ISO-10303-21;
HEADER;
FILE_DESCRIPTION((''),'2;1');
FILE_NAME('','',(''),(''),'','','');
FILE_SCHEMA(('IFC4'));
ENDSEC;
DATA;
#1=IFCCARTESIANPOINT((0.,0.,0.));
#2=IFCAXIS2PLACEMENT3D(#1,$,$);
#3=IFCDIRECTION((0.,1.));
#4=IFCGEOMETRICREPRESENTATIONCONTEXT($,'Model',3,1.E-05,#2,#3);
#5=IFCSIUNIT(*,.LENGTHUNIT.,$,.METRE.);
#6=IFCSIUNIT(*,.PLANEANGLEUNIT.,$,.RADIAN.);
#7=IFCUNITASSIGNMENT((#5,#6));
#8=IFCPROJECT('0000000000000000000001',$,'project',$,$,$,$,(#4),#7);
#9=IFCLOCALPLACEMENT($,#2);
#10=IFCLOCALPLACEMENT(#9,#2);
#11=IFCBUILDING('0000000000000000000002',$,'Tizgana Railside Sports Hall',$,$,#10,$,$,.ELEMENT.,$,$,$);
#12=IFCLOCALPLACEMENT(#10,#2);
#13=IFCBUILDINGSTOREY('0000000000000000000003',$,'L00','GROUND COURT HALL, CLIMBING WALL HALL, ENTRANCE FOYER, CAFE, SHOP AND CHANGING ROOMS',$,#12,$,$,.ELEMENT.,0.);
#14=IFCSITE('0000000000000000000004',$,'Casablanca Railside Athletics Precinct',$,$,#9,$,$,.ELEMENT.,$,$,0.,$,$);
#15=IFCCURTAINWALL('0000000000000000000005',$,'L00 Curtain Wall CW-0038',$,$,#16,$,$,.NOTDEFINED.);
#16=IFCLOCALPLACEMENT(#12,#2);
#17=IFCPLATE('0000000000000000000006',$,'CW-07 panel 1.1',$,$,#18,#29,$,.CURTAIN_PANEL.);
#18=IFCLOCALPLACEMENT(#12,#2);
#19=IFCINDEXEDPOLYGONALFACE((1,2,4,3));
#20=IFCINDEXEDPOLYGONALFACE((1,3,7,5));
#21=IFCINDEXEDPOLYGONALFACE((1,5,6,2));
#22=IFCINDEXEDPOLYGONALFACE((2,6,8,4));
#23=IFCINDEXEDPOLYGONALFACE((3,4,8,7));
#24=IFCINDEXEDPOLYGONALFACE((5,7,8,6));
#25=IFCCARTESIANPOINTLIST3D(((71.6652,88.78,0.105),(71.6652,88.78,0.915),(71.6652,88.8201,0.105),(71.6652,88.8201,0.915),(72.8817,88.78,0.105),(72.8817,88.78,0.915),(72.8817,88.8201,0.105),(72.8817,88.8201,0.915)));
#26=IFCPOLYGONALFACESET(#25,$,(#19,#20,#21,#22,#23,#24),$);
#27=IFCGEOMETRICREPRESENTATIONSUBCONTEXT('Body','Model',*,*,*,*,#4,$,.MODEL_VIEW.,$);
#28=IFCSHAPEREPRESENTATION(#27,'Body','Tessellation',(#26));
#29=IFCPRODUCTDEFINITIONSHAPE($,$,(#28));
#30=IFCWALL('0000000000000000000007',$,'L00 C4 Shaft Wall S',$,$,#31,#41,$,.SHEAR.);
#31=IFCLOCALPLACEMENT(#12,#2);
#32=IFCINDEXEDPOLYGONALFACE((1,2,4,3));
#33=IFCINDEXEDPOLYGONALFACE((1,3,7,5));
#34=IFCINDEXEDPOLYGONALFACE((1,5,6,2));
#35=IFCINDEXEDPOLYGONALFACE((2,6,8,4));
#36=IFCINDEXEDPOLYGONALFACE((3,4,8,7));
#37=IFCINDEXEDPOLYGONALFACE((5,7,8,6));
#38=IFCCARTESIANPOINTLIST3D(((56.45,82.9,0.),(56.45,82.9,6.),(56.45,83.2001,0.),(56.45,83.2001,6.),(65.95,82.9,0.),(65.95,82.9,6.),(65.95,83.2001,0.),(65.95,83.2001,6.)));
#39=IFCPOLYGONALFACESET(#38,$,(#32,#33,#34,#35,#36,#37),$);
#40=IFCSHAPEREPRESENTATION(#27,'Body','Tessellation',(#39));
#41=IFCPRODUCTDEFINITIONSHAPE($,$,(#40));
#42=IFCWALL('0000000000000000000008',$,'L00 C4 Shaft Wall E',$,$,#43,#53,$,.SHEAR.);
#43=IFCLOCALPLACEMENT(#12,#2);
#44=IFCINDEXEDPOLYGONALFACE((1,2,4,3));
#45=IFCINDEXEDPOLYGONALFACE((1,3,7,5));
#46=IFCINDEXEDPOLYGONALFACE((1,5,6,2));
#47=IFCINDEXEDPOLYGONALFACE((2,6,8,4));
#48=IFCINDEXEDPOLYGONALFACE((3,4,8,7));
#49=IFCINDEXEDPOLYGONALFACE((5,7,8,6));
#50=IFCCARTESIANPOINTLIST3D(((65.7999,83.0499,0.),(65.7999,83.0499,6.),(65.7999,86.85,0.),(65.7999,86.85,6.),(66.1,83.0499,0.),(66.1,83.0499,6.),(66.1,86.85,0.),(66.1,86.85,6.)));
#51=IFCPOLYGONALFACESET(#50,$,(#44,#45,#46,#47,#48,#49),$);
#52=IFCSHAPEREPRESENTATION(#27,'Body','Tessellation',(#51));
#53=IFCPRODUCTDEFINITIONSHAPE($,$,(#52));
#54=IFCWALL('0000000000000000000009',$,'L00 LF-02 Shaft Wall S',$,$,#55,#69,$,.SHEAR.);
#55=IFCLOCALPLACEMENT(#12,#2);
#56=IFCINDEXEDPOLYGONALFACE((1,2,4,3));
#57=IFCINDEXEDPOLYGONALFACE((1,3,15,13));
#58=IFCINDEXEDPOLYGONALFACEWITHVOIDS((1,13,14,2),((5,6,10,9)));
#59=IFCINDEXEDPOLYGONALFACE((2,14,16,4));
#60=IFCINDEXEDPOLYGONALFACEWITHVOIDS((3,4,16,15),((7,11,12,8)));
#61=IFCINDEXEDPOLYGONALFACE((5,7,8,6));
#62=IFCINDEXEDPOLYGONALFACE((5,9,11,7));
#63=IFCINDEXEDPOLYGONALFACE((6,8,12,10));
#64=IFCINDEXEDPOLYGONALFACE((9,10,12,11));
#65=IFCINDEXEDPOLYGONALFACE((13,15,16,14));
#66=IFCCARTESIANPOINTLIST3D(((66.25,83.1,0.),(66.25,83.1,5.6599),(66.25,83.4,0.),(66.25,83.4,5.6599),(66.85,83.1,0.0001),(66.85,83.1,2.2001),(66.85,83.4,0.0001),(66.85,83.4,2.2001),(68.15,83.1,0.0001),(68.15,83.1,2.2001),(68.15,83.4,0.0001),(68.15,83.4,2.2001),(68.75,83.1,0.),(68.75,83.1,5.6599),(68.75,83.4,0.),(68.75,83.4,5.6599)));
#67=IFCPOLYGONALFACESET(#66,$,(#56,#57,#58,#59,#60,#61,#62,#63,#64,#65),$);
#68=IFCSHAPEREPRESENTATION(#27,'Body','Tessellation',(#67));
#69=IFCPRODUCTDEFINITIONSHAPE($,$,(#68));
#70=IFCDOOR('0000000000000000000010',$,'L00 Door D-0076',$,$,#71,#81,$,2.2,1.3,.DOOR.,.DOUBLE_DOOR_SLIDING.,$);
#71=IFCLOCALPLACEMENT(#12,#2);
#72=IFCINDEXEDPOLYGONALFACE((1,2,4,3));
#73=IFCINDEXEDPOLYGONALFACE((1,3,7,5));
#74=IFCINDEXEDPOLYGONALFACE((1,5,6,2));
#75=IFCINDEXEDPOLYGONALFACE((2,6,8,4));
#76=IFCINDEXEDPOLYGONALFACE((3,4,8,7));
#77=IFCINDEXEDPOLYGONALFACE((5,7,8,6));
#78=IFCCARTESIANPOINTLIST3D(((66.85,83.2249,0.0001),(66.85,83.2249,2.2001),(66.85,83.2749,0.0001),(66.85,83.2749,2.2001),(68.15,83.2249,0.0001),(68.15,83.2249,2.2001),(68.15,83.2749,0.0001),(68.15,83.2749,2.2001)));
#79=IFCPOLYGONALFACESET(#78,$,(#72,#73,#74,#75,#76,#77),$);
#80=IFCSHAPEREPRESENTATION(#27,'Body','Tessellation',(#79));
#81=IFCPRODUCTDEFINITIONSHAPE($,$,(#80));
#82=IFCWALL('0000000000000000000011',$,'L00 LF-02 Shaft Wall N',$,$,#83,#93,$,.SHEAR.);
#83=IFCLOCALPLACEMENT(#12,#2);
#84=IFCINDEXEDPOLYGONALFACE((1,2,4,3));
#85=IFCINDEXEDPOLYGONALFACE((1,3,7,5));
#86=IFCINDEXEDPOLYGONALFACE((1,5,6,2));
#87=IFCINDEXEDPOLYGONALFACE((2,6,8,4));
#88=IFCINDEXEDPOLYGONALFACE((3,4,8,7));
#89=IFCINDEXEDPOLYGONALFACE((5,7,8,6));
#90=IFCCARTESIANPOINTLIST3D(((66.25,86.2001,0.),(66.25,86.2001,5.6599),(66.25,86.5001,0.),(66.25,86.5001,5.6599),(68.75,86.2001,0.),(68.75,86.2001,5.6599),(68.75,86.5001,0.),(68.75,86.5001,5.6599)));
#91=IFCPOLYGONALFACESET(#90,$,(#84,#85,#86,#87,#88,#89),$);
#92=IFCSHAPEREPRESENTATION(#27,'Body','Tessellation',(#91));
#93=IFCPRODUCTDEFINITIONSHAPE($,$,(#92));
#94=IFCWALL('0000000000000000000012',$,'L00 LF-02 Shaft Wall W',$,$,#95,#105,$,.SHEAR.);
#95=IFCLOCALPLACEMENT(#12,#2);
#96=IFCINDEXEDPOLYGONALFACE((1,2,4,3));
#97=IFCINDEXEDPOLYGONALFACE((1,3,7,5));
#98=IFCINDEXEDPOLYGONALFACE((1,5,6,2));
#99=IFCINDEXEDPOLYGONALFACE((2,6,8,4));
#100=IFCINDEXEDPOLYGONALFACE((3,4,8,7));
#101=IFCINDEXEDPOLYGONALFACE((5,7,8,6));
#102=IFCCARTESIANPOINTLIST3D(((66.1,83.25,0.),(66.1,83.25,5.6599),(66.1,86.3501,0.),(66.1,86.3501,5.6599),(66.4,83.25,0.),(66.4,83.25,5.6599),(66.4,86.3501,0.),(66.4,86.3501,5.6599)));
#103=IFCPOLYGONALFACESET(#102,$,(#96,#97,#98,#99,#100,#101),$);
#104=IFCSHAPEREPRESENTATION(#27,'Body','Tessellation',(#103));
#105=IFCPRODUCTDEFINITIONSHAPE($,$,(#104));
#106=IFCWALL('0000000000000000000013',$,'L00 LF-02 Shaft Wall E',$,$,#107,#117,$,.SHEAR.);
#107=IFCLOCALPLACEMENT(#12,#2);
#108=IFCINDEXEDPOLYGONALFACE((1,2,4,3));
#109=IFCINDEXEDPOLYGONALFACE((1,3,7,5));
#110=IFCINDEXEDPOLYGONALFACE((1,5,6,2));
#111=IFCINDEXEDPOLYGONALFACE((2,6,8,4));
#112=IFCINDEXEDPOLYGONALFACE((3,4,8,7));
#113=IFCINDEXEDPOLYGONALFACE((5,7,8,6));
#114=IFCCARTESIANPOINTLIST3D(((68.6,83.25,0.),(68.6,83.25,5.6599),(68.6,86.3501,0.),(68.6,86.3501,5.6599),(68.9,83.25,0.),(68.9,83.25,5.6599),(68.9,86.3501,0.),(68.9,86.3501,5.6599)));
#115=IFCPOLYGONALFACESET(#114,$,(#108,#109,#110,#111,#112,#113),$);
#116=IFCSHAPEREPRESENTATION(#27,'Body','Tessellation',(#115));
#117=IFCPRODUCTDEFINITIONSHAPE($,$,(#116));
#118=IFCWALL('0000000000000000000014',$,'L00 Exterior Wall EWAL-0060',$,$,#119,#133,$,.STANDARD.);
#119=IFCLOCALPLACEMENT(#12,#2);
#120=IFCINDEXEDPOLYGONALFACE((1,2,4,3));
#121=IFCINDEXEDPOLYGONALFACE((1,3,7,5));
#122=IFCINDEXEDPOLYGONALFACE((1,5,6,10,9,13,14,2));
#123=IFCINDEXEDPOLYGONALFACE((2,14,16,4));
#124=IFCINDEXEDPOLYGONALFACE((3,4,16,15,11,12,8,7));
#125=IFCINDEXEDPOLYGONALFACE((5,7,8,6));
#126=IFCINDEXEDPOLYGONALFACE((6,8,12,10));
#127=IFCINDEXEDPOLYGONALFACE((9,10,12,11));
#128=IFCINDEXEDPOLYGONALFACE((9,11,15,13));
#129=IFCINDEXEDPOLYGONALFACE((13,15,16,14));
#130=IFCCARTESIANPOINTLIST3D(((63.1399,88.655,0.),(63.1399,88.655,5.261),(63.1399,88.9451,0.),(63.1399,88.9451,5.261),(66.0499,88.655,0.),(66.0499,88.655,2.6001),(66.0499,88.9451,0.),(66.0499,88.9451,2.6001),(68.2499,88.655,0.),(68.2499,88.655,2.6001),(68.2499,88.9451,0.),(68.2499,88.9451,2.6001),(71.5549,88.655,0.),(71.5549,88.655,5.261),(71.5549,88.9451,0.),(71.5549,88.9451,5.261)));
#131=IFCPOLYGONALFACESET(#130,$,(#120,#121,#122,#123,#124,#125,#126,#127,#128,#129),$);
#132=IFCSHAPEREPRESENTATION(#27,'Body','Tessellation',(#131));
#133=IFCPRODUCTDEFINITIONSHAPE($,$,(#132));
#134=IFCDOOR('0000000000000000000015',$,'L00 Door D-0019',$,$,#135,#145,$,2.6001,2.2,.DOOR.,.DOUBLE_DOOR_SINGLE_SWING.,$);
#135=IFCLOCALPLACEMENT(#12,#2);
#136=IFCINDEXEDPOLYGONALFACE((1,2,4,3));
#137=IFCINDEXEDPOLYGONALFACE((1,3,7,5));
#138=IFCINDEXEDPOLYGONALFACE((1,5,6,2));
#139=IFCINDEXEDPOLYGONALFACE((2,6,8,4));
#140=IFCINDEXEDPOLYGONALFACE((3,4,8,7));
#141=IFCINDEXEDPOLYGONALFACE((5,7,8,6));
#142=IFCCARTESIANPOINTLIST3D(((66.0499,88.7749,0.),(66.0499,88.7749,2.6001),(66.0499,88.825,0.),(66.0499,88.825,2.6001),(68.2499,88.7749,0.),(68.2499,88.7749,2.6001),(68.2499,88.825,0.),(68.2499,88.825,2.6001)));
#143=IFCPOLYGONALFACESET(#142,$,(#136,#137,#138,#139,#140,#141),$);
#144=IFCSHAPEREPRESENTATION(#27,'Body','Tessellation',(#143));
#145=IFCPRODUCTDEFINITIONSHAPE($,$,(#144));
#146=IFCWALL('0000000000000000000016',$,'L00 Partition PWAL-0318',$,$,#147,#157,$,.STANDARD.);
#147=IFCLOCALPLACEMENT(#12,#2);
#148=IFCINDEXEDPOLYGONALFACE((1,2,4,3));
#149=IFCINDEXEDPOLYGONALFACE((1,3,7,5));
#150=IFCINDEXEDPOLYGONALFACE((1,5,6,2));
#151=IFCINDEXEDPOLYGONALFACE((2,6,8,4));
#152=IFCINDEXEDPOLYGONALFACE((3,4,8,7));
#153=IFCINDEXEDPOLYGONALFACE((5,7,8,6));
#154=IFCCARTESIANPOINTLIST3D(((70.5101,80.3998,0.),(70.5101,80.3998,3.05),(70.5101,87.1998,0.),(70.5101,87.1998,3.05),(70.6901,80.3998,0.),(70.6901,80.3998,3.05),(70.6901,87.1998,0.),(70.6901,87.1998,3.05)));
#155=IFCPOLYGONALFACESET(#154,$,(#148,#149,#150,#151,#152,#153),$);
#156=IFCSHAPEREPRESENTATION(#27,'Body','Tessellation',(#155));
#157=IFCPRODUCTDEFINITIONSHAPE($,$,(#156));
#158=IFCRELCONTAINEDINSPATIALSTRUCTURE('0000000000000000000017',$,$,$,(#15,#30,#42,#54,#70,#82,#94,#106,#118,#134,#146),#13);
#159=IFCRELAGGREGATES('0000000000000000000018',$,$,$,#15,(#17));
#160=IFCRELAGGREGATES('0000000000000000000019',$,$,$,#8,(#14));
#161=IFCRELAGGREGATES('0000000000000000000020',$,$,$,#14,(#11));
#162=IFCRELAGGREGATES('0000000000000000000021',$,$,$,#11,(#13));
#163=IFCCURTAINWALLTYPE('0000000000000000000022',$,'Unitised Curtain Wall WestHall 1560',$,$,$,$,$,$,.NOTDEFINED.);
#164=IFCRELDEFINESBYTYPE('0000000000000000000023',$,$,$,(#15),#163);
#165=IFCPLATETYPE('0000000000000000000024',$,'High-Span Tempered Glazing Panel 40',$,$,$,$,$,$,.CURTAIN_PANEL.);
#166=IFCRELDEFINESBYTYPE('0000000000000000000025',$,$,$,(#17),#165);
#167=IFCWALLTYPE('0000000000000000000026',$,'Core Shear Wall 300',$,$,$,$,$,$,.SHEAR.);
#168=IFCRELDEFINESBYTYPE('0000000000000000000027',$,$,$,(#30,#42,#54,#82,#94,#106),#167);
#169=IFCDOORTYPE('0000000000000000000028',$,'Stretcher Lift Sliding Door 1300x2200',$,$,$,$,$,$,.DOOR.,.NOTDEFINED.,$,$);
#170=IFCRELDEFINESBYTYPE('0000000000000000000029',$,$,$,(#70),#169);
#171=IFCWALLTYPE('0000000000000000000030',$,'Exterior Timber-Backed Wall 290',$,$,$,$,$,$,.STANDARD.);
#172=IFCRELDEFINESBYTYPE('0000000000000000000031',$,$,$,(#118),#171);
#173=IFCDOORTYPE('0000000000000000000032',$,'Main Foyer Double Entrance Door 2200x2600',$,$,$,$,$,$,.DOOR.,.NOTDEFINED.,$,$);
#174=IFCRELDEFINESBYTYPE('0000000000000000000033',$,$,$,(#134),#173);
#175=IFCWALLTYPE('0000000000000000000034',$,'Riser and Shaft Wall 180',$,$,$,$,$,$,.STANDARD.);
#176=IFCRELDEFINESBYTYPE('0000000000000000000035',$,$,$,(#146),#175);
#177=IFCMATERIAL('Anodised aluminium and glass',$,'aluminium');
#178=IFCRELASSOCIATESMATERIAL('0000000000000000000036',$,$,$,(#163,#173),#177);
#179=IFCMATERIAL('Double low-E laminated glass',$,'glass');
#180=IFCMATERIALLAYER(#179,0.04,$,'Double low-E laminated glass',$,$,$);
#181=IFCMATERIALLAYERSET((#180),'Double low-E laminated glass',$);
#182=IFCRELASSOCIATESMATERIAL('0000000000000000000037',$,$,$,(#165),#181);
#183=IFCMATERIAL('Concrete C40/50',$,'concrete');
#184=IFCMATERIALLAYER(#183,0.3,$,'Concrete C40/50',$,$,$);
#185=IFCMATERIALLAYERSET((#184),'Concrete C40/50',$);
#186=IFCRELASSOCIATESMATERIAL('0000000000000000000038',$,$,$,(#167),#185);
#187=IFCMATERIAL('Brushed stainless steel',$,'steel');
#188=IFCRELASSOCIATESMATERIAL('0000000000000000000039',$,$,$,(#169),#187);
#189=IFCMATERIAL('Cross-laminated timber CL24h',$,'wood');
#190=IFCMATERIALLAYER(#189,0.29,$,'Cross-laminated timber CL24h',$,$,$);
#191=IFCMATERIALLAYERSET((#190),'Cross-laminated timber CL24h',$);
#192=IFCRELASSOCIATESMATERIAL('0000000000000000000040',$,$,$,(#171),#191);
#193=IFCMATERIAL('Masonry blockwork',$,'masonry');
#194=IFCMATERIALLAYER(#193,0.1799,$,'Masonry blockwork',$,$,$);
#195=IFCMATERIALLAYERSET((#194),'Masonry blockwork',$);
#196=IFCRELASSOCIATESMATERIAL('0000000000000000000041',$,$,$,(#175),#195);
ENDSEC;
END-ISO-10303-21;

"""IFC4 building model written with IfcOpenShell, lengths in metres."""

from ifc_helpers import new_model, si_unit, direction, frame, frame_2d, origin, origin_2d, place, context, subcontext, project, spatial, rectangle, extrude, material, layer, layer_set, type_object, element, fill, aggregate, save


model = new_model("IFC4")

# Units and contexts
model_context = context("Model", 3, precision=1e-05, world=origin(), true_north=direction((0.0, 1.0)))
body_context = subcontext(model_context, "Body", "Model", "MODEL_VIEW")
ifc_project = project(units=[si_unit("LENGTHUNIT", "METRE"), si_unit("PLANEANGLEUNIT", "RADIAN")], contexts=[model_context])

# Site, building, storey
site_placement = place(None, origin())
site = spatial("IfcSite", under=ifc_project, at=site_placement, Name="Casablanca Railside Athletics Precinct", CompositionType="ELEMENT", RefElevation=0.0)
building_placement = place(site_placement, origin())
building = spatial("IfcBuilding", under=site, at=building_placement, Name="Tizgana Railside Sports Hall", CompositionType="ELEMENT")
storey_placement = place(building_placement, origin())
storey = spatial("IfcBuildingStorey", under=building, at=storey_placement, Name="L00", Description="GROUND COURT HALL, CLIMBING WALL HALL, ENTRANCE FOYER, CAFE, SHOP AND CHANGING ROOMS", CompositionType="ELEMENT", Elevation=0.0)

# Curtain wall
ifc_material_1 = material(Name="Anodised aluminium and glass", Category="aluminium")
curtain_wall_type = type_object("IfcCurtainWallType", Name="Unitised Curtain Wall WestHall 1560", PredefinedType="NOTDEFINED", material=ifc_material_1)
curtain_wall_placement = place(storey_placement, origin())
curtain_wall = element("IfcCurtainWall", 1, at=curtain_wall_placement, inside=storey, type_object=curtain_wall_type, Name="L00 Curtain Wall CW-0038", PredefinedType="NOTDEFINED")

# Plate
ifc_material_2 = material(Name="Double low-E laminated glass", Category="glass")
ifc_layer_1 = layer(ifc_material_2, 0.04, Name="Double low-E laminated glass")
ifc_layer_set_1 = layer_set([ifc_layer_1], Name="Double low-E laminated glass")
plate_type = type_object("IfcPlateType", Name="High-Span Tempered Glazing Panel 40", PredefinedType="CURTAIN_PANEL", material=ifc_layer_set_1)
plate_placement = place(storey_placement, frame((72.2734, 88.8, 0.105), z_axis=(0.0, 0.0, 1.0), x_axis=(1.0, 0.0, 0.0)))
plate = element("IfcPlate", 2, at=plate_placement, type_object=plate_type, Name="CW-07 panel 1.1", PredefinedType="CURTAIN_PANEL", context=body_context, shape_type="SweptSolid", body=[
    extrude(rectangle(XDim=1.2166, YDim=0.04, at=origin_2d()), origin(), (0.0, 0.0, 1.0), 0.8101),
])
aggregate(curtain_wall, [plate])

# Walls
ifc_material_3 = material(Name="Concrete C40/50", Category="concrete")
ifc_layer_2 = layer(ifc_material_3, 0.3, Name="Concrete C40/50")
ifc_layer_set_2 = layer_set([ifc_layer_2], Name="Concrete C40/50")
wall_type_1 = type_object("IfcWallType", Name="Core Shear Wall 300", PredefinedType="SHEAR", material=ifc_layer_set_2)
wall_1_placement = place(storey_placement, frame((65.95, 83.05, 0.0), z_axis=(0.0, 0.0, 1.0), x_axis=(-1.0, 0.0, 0.0)))
element("IfcWall", 3, at=wall_1_placement, inside=storey, type_object=wall_type_1, Name="L00 C4 Shaft Wall S", PredefinedType="SHEAR", context=body_context, shape_type="SweptSolid", body=[
    extrude(rectangle(XDim=9.5, YDim=0.3, at=frame_2d((4.75, 0.0))), origin(), (0.0, 0.0, 1.0), 6.0),
])
wall_2_placement = place(storey_placement, frame((65.95, 83.05, 0.0), z_axis=(0.0, 0.0, 1.0), x_axis=(0.0, 1.0, 0.0)))
element("IfcWall", 4, at=wall_2_placement, inside=storey, type_object=wall_type_1, Name="L00 C4 Shaft Wall E", PredefinedType="SHEAR", context=body_context, shape_type="SweptSolid", body=[
    extrude(rectangle(XDim=3.8, YDim=0.3, at=frame_2d((1.8999, 0.0))), origin(), (0.0, 0.0, 1.0), 6.0),
])

# Wall, opening, door
wall_3_placement = place(storey_placement, frame((66.25, 83.25, 0.0), z_axis=(0.0, 0.0, 1.0), x_axis=(1.0, 0.0, 0.0)))
wall_3 = element("IfcWall", 5, at=wall_3_placement, inside=storey, type_object=wall_type_1, Name="L00 LF-02 Shaft Wall S", PredefinedType="SHEAR", context=body_context, shape_type="SweptSolid", body=[
    extrude(rectangle(XDim=2.5, YDim=0.3, at=frame_2d((1.25, 0.0))), origin(), (0.0, 0.0, 1.0), 5.6599),
])
opening_1_placement = place(wall_3_placement, frame((0.6001, 0.0, 0.0)))
opening_1 = element("IfcOpeningElement", 6, at=opening_1_placement, cuts=wall_3, PredefinedType="OPENING", context=body_context, shape_type="SweptSolid", body=[
    extrude(rectangle(XDim=1.3, YDim=2.2, at=frame_2d((0.6499, 1.1001))), frame((0.0, 0.1599, 0.0), z_axis=(0.0, -1.0, 0.0), x_axis=(1.0, 0.0, 0.0)), (0.0, 0.0, 1.0), 0.3201),
])
ifc_material_4 = material(Name="Brushed stainless steel", Category="steel")
door_type_1 = type_object("IfcDoorType", Name="Stretcher Lift Sliding Door 1300x2200", OperationType="NOTDEFINED", PredefinedType="DOOR", material=ifc_material_4)
door_1_placement = place(opening_1_placement, origin())
door_1 = element("IfcDoor", 7, at=door_1_placement, inside=storey, type_object=door_type_1, Name="L00 Door D-0076", OperationType="DOUBLE_DOOR_SLIDING", OverallHeight=2.2, OverallWidth=1.3, PredefinedType="DOOR", context=body_context, shape_type="SweptSolid", body=[
    extrude(rectangle(XDim=1.3, YDim=2.2, at=frame_2d((0.6499, 1.1001))), frame((0.0, 0.0249, 0.0), z_axis=(0.0, -1.0, 0.0), x_axis=(1.0, 0.0, 0.0)), (0.0, 0.0, 1.0), 0.05),
])
fill(opening_1, door_1)

# Walls
wall_4_placement = place(storey_placement, frame((66.25, 86.3501, 0.0), z_axis=(0.0, 0.0, 1.0), x_axis=(1.0, 0.0, 0.0)))
element("IfcWall", 8, at=wall_4_placement, inside=storey, type_object=wall_type_1, Name="L00 LF-02 Shaft Wall N", PredefinedType="SHEAR", context=body_context, shape_type="SweptSolid", body=[
    extrude(rectangle(XDim=2.5, YDim=0.3, at=frame_2d((1.25, 0.0))), origin(), (0.0, 0.0, 1.0), 5.6599),
])
for number, where, z_axis, x_axis, name in (
    (9, (66.25, 83.25, 0.0), (0.0, 0.0, 1.0), (0.0, 1.0, 0.0), "L00 LF-02 Shaft Wall W"),
    (10, (68.75, 83.25, 0.0), (0.0, 0.0, 1.0), (0.0, 1.0, 0.0), "L00 LF-02 Shaft Wall E"),
):
    element("IfcWall", number, at=place(storey_placement, frame(where, z_axis=z_axis, x_axis=x_axis)), inside=storey, type_object=wall_type_1, Name=name, PredefinedType="SHEAR", context=body_context, shape_type="SweptSolid", body=[
        extrude(rectangle(XDim=3.1001, YDim=0.3, at=frame_2d((1.55, 0.0))), origin(), (0.0, 0.0, 1.0), 5.6599),
    ])

# Wall, opening, door
ifc_material_5 = material(Name="Cross-laminated timber CL24h", Category="wood")
ifc_layer_3 = layer(ifc_material_5, 0.29, Name="Cross-laminated timber CL24h")
ifc_layer_set_3 = layer_set([ifc_layer_3], Name="Cross-laminated timber CL24h")
wall_type_2 = type_object("IfcWallType", Name="Exterior Timber-Backed Wall 290", PredefinedType="STANDARD", material=ifc_layer_set_3)
wall_5_placement = place(storey_placement, frame((63.1399, 88.8, 0.0), z_axis=(0.0, 0.0, 1.0), x_axis=(1.0, 0.0, 0.0)))
wall_5 = element("IfcWall", 11, at=wall_5_placement, inside=storey, type_object=wall_type_2, Name="L00 Exterior Wall EWAL-0060", PredefinedType="STANDARD", context=body_context, shape_type="SweptSolid", body=[
    extrude(rectangle(XDim=8.415, YDim=0.29, at=frame_2d((4.2075, 0.0))), origin(), (0.0, 0.0, 1.0), 5.261),
])
opening_2_placement = place(wall_5_placement, frame((2.9099, 0.0, 0.0)))
opening_2 = element("IfcOpeningElement", 12, at=opening_2_placement, cuts=wall_5, PredefinedType="OPENING", context=body_context, shape_type="SweptSolid", body=[
    extrude(rectangle(XDim=2.2, YDim=2.6001, at=frame_2d((1.1001, 1.3))), frame((0.0, 0.155, 0.0), z_axis=(0.0, -1.0, 0.0), x_axis=(1.0, 0.0, 0.0)), (0.0, 0.0, 1.0), 0.3101),
])
door_type_2 = type_object("IfcDoorType", Name="Main Foyer Double Entrance Door 2200x2600", OperationType="NOTDEFINED", PredefinedType="DOOR", material=ifc_material_1)
door_2_placement = place(opening_2_placement, origin())
door_2 = element("IfcDoor", 13, at=door_2_placement, inside=storey, type_object=door_type_2, Name="L00 Door D-0019", OperationType="DOUBLE_DOOR_SINGLE_SWING", OverallHeight=2.6001, OverallWidth=2.2, PredefinedType="DOOR", context=body_context, shape_type="SweptSolid", body=[
    extrude(rectangle(XDim=2.2, YDim=2.6001, at=frame_2d((1.1001, 1.3))), frame((0.0, 0.0249, 0.0), z_axis=(0.0, -1.0, 0.0), x_axis=(1.0, 0.0, 0.0)), (0.0, 0.0, 1.0), 0.05),
])
fill(opening_2, door_2)

# Wall
ifc_material_6 = material(Name="Masonry blockwork", Category="masonry")
ifc_layer_4 = layer(ifc_material_6, 0.1799, Name="Masonry blockwork")
ifc_layer_set_4 = layer_set([ifc_layer_4], Name="Masonry blockwork")
wall_type_3 = type_object("IfcWallType", Name="Riser and Shaft Wall 180", PredefinedType="STANDARD", material=ifc_layer_set_4)
wall_6_placement = place(storey_placement, frame((70.6001, 80.3999, 0.0), z_axis=(0.0, 0.0, 1.0), x_axis=(0.0, 1.0, 0.0)))
element("IfcWall", 14, at=wall_6_placement, inside=storey, type_object=wall_type_3, Name="L00 Partition PWAL-0318", PredefinedType="STANDARD", context=body_context, shape_type="SweptSolid", body=[
    extrude(rectangle(XDim=6.8, YDim=0.1799, at=frame_2d((3.3999, 0.0))), origin(), (0.0, 0.0, 1.0), 3.05),
])

save(model, "model.ifc")
